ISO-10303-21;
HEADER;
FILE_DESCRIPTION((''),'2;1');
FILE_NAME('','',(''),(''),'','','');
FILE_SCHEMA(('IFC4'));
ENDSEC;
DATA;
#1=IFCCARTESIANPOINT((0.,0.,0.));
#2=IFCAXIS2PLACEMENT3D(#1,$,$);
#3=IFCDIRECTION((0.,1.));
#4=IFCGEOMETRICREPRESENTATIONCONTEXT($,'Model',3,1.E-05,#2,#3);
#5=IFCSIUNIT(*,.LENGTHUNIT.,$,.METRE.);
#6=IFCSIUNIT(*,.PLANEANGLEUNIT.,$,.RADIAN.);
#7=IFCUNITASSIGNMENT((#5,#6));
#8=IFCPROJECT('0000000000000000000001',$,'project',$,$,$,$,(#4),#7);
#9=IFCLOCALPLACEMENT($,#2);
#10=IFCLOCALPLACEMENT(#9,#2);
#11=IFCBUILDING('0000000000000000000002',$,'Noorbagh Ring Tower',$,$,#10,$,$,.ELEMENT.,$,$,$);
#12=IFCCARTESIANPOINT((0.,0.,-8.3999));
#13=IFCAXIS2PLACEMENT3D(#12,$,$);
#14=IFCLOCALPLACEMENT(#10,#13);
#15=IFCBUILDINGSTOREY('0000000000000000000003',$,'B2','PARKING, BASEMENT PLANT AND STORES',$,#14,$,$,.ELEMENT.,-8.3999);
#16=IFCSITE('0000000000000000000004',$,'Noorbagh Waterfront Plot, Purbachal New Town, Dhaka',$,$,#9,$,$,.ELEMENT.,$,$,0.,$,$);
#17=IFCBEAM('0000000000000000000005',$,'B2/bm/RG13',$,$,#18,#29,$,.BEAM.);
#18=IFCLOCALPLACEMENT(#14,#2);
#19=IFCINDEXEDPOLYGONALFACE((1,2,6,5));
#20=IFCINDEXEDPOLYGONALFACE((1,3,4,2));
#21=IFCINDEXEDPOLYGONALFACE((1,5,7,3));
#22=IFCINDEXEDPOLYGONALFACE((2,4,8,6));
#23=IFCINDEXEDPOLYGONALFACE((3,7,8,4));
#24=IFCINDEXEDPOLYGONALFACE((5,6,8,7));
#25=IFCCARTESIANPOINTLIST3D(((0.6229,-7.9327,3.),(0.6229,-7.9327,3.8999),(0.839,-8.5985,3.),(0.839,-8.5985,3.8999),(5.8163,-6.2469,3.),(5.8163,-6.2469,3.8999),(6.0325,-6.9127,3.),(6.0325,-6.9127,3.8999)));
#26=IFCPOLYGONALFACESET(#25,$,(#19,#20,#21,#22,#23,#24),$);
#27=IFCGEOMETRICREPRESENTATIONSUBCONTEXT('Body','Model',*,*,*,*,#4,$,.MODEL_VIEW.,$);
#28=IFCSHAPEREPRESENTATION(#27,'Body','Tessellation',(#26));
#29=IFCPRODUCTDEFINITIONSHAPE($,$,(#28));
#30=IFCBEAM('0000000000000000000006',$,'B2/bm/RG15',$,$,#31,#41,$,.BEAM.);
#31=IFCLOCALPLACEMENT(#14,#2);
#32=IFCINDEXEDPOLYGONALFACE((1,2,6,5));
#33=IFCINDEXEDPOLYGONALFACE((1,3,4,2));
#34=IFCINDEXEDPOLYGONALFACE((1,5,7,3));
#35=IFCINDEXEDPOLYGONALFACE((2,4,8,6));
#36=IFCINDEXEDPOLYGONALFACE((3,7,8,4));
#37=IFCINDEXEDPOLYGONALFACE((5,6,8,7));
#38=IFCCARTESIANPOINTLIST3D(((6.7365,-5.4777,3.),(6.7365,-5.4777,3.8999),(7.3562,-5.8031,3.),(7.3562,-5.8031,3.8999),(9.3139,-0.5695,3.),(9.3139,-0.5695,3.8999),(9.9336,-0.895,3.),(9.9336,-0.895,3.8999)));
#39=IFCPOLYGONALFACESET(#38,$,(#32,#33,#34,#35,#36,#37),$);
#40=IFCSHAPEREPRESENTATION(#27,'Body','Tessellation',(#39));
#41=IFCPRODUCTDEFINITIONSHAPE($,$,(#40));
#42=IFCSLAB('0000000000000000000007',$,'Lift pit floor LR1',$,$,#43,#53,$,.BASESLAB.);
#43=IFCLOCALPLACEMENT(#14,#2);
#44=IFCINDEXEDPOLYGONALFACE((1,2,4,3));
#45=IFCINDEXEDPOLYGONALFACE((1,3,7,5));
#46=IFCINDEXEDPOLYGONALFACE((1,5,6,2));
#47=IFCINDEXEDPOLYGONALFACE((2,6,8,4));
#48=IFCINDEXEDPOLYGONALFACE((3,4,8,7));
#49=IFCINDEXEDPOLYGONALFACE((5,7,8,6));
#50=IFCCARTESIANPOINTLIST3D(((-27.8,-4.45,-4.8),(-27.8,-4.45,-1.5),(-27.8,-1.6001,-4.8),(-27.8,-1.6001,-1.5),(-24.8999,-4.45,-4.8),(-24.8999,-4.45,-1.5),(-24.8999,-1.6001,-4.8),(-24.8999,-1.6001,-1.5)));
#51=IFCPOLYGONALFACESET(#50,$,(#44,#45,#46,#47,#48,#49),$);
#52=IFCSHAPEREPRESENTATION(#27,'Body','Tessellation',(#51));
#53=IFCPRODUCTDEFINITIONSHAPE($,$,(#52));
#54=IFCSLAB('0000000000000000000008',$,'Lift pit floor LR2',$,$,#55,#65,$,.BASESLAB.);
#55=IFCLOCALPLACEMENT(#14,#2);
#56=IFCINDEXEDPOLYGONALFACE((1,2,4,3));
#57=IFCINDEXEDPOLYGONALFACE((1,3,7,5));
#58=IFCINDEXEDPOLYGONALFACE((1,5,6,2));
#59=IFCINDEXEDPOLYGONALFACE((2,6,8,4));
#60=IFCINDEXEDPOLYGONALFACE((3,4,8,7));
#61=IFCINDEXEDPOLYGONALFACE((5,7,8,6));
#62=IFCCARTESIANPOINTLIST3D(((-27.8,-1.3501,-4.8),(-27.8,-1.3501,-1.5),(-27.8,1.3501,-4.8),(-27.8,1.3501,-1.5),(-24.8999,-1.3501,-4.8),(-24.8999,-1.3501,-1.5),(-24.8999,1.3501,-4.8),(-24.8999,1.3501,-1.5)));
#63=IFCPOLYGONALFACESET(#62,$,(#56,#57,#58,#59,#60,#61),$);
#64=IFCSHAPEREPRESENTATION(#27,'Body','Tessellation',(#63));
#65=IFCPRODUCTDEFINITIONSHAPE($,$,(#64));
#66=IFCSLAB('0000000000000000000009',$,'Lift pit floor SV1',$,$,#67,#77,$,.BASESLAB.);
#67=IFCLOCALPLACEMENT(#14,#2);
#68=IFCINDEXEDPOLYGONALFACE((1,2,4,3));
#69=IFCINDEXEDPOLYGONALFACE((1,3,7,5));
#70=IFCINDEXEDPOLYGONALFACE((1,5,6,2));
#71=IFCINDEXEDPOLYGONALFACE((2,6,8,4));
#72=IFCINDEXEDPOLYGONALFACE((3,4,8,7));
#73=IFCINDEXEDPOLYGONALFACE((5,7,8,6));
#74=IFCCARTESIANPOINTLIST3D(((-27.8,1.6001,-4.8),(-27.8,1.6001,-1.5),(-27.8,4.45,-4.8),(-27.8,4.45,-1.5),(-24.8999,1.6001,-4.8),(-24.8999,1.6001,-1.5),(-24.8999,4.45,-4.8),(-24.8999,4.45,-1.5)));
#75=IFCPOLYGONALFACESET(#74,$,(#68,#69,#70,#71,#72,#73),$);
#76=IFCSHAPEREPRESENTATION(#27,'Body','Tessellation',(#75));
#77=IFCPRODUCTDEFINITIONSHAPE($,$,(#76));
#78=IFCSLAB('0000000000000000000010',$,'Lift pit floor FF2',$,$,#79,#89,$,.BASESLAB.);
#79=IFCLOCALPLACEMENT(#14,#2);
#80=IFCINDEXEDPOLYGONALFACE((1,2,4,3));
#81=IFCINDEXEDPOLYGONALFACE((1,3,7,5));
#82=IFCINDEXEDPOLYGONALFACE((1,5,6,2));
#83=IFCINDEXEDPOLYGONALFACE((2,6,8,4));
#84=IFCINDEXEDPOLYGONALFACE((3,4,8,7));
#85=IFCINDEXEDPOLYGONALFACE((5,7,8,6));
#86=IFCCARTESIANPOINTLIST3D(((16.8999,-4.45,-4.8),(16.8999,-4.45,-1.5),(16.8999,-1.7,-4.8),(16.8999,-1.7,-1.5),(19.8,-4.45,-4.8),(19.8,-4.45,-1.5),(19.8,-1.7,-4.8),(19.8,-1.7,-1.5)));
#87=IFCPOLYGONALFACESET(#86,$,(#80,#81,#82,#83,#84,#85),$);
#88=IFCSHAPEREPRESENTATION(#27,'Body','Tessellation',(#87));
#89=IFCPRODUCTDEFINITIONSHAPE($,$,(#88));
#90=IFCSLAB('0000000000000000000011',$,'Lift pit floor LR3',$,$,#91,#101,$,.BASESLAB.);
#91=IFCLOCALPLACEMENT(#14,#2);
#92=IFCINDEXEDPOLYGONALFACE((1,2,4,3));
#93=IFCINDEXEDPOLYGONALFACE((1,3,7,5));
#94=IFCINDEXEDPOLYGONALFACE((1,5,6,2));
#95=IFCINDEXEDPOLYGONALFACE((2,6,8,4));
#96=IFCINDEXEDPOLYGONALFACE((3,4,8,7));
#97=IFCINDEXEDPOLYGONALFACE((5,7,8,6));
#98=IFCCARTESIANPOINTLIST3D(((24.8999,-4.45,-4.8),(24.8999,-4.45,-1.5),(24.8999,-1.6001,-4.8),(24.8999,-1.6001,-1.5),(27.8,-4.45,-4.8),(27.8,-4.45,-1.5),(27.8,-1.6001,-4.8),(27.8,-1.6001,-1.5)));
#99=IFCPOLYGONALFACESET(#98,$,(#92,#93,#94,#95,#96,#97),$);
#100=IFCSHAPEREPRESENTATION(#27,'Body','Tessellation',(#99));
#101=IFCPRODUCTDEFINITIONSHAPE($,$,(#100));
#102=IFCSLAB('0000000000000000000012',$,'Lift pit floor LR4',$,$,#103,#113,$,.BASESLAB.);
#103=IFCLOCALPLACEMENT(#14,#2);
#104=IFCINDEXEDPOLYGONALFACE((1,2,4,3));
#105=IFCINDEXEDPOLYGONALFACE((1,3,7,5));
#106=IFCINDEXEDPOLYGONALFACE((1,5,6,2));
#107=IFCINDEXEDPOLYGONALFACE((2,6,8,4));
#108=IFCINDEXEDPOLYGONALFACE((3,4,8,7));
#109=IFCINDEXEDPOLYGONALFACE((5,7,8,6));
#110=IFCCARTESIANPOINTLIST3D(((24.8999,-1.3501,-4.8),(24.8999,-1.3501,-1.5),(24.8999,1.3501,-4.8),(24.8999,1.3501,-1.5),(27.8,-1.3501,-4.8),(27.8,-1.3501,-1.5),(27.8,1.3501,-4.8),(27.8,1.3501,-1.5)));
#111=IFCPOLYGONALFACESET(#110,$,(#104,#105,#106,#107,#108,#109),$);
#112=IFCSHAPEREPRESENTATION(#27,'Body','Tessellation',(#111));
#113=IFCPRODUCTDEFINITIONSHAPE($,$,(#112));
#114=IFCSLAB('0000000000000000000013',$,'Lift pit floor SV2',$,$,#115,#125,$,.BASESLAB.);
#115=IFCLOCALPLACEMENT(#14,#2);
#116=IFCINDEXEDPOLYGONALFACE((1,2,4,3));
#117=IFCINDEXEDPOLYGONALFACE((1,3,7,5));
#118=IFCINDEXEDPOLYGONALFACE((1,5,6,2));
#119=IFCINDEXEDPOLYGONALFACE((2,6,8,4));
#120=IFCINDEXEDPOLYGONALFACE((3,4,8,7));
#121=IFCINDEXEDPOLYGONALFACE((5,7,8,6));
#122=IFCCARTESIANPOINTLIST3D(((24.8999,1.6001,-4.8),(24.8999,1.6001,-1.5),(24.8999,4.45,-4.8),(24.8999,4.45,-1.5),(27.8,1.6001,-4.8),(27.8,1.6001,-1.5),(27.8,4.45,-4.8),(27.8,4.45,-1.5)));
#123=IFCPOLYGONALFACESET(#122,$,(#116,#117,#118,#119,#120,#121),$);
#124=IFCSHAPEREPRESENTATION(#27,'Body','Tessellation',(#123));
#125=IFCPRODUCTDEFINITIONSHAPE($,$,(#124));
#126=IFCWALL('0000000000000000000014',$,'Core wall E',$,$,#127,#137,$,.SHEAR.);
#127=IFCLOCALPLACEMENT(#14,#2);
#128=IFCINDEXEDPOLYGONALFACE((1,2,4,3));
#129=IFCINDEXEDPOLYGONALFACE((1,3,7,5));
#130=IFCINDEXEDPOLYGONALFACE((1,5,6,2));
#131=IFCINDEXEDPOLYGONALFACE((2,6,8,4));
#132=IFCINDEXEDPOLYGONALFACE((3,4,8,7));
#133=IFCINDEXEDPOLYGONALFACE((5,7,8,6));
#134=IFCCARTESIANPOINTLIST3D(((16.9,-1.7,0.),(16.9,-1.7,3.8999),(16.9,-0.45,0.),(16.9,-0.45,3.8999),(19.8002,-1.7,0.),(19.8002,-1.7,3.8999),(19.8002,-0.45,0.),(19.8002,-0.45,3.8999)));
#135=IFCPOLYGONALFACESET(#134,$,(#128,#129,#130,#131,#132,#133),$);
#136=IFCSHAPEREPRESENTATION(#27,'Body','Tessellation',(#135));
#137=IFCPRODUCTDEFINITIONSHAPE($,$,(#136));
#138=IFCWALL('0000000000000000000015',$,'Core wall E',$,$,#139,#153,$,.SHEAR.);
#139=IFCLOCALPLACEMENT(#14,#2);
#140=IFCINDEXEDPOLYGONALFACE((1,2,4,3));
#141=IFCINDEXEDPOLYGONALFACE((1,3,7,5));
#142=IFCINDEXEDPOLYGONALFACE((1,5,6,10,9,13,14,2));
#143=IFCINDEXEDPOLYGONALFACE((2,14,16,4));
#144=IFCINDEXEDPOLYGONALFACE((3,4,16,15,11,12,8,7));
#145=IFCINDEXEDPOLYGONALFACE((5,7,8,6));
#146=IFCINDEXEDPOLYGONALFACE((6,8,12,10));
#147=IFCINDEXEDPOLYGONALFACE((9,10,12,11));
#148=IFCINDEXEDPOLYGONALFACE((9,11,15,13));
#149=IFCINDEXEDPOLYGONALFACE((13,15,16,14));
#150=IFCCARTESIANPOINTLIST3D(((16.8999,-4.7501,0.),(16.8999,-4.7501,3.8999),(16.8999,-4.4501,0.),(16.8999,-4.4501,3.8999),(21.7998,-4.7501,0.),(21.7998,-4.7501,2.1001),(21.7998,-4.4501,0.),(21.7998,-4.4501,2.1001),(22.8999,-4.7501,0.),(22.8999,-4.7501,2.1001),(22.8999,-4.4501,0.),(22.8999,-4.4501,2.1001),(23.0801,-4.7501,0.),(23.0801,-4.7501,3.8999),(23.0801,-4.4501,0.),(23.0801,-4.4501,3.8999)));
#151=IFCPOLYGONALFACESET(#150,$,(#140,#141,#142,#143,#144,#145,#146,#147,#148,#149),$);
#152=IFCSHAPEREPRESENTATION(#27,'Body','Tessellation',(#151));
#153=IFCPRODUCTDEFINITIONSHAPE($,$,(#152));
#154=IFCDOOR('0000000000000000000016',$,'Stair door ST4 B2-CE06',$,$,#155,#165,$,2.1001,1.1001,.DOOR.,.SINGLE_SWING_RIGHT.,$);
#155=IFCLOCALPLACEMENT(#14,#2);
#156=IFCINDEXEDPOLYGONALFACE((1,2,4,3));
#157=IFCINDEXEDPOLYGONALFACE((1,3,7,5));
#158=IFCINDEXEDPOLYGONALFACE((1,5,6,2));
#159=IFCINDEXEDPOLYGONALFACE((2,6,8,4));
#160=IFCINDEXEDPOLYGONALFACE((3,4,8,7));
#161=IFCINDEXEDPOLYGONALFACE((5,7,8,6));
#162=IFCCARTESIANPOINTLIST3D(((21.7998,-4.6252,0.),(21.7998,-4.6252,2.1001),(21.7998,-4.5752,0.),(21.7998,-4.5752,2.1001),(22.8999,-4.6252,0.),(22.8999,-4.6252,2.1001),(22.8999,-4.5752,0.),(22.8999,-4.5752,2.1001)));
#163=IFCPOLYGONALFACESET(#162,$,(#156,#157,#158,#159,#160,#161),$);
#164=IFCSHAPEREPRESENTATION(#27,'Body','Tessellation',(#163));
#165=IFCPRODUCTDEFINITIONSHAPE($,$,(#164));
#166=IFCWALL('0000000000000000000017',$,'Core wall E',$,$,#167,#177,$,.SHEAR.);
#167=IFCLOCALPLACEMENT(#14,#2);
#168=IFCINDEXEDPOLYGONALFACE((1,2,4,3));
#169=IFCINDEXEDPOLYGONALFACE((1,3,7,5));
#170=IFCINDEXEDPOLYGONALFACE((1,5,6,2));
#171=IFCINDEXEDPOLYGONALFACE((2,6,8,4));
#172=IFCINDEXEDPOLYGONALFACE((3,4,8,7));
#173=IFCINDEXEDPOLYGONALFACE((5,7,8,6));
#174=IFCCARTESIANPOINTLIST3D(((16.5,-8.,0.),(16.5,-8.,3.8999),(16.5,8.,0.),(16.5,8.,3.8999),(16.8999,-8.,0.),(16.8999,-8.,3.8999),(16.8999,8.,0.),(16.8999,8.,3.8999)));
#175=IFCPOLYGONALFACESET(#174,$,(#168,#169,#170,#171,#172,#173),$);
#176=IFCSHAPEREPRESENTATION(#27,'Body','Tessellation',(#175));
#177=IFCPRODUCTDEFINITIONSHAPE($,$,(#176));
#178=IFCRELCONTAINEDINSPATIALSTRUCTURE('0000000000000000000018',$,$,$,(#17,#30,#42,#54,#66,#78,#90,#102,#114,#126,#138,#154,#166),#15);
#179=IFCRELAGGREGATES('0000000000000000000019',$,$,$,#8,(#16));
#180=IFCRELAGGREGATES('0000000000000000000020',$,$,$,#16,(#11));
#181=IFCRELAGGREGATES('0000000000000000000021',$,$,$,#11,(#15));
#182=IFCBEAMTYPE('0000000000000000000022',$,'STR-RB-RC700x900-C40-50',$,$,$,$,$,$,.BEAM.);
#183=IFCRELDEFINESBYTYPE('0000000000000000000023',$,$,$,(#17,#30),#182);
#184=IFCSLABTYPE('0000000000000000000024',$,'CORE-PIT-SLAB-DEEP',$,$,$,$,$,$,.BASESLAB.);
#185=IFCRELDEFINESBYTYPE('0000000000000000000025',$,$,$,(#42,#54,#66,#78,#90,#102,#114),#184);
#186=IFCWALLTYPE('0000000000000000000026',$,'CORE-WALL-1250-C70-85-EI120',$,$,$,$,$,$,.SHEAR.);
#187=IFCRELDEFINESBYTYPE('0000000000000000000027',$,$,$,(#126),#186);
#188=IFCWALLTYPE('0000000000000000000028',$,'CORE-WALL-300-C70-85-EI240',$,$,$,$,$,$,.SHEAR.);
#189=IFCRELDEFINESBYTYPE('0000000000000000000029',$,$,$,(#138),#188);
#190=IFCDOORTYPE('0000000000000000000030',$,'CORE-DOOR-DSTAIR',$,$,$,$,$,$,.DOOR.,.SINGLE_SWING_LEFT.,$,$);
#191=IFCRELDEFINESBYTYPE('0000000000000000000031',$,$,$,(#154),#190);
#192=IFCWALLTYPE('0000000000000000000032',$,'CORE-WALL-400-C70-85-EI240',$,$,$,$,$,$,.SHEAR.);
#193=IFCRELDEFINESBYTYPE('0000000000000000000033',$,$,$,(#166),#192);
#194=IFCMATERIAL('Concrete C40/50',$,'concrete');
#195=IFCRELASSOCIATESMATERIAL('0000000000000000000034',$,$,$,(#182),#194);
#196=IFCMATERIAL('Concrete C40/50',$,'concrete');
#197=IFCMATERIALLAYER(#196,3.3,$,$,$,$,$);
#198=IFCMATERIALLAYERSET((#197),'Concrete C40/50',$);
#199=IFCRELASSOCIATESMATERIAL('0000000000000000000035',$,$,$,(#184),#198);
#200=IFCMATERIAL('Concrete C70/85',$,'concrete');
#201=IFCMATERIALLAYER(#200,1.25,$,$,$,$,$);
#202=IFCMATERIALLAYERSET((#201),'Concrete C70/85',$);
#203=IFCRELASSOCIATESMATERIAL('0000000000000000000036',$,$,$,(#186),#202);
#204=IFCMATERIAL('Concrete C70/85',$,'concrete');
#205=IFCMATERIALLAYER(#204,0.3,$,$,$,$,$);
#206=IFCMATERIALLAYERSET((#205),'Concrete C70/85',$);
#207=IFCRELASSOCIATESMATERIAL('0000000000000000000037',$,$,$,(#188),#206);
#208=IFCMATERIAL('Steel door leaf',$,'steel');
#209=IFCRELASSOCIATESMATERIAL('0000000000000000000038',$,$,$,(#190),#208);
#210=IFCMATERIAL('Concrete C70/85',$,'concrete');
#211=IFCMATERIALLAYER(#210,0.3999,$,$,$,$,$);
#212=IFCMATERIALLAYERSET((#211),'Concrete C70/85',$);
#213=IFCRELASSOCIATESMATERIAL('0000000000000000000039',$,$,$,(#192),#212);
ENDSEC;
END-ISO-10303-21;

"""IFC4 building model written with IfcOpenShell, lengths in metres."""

from ifc_helpers import new_model, si_unit, direction, frame, frame_2d, origin, origin_2d, place, context, subcontext, project, spatial, polyline, rectangle, outline, extrude, material, layer, layer_set, material_profile, profile_set, type_object, element, fill, save


model = new_model("IFC4")

# Units and contexts
model_context = context("Model", 3, precision=1e-05, world=origin(), true_north=direction((0.0, 1.0)))
body_context = subcontext(model_context, "Body", "Model", "MODEL_VIEW")
ifc_project = project(units=[si_unit("LENGTHUNIT", "METRE"), si_unit("PLANEANGLEUNIT", "RADIAN")], contexts=[model_context])

# Site, building, storey
site_placement = place(None, origin())
site = spatial("IfcSite", under=ifc_project, at=site_placement, Name="Noorbagh Waterfront Plot, Purbachal New Town, Dhaka", CompositionType="ELEMENT", RefElevation=0.0)
building_placement = place(site_placement, origin())
building = spatial("IfcBuilding", under=site, at=building_placement, Name="Noorbagh Ring Tower", CompositionType="ELEMENT")
storey_placement = place(building_placement, frame((0.0, 0.0, -8.3999)))
storey = spatial("IfcBuildingStorey", under=building, at=storey_placement, Name="B2", Description="PARKING, BASEMENT PLANT AND STORES", CompositionType="ELEMENT", Elevation=-8.3999)

# Beams
ifc_material_1 = material(Name="Concrete C40/50", Category="concrete")
ifc_material_profile_1 = material_profile(ifc_material_1, rectangle(XDim=0.7, YDim=0.8999, at=origin_2d()), Name="RC700x900")
ifc_profile_set_1 = profile_set([ifc_material_profile_1], Name="Concrete C40/50")
beam_type = type_object("IfcBeamType", Name="STR-RB-RC700x900-C40-50", PredefinedType="BEAM", material=ifc_profile_set_1)
beam_1_placement = place(storey_placement, frame((0.731, -8.2656, 3.45), z_axis=(0.951144, 0.308746, 0.0), x_axis=(-0.308746, 0.951144, 0.0)))
element("IfcBeam", 1, at=beam_1_placement, inside=storey, type_object=beam_type, Name="B2/bm/RG13", PredefinedType="BEAM", context=body_context, shape_type="SweptSolid", body=[
    extrude(rectangle(XDim=0.7, YDim=0.8999, at=origin_2d()), origin(), (0.0, 0.0, 1.0), 5.4602),
])
beam_2_placement = place(storey_placement, frame((7.0464, -5.6404, 3.45), z_axis=(0.464917, 0.885354, 0.0), x_axis=(-0.885354, 0.464917, 0.0)))
element("IfcBeam", 2, at=beam_2_placement, inside=storey, type_object=beam_type, Name="B2/bm/RG15", PredefinedType="BEAM", context=body_context, shape_type="SweptSolid", body=[
    extrude(rectangle(XDim=0.7, YDim=0.8999, at=origin_2d()), origin(), (0.0, 0.0, 1.0), 5.5437),
])

# Slabs
ifc_material_2 = material(Name="Concrete C40/50", Category="concrete")
ifc_layer_1 = layer(ifc_material_2, 3.3)
ifc_layer_set_1 = layer_set([ifc_layer_1], Name="Concrete C40/50")
slab_type = type_object("IfcSlabType", Name="CORE-PIT-SLAB-DEEP", PredefinedType="BASESLAB", material=ifc_layer_set_1)
slab_1_placement = place(storey_placement, frame((0.0, 0.0, -4.8)))
element("IfcSlab", 3, at=slab_1_placement, inside=storey, type_object=slab_type, Name="Lift pit floor LR1", PredefinedType="BASESLAB", context=body_context, shape_type="SweptSolid", body=[
    extrude(outline(polyline([(-24.8999, -1.6001), (-27.8, -1.6001), (-27.8, -4.45), (-24.8999, -4.45), (-24.8999, -1.6001)])), origin(), (0.0, 0.0, 1.0), 3.3),
])
slab_2_placement = place(storey_placement, frame((0.0, 0.0, -4.8)))
element("IfcSlab", 4, at=slab_2_placement, inside=storey, type_object=slab_type, Name="Lift pit floor LR2", PredefinedType="BASESLAB", context=body_context, shape_type="SweptSolid", body=[
    extrude(outline(polyline([(-24.8999, 1.3501), (-27.8, 1.3501), (-27.8, -1.3501), (-24.8999, -1.3501), (-24.8999, 1.3501)])), origin(), (0.0, 0.0, 1.0), 3.3),
])
slab_3_placement = place(storey_placement, frame((0.0, 0.0, -4.8)))
element("IfcSlab", 5, at=slab_3_placement, inside=storey, type_object=slab_type, Name="Lift pit floor SV1", PredefinedType="BASESLAB", context=body_context, shape_type="SweptSolid", body=[
    extrude(outline(polyline([(-24.8999, 4.45), (-27.8, 4.45), (-27.8, 1.6001), (-24.8999, 1.6001), (-24.8999, 4.45)])), origin(), (0.0, 0.0, 1.0), 3.3),
])
slab_4_placement = place(storey_placement, frame((0.0, 0.0, -4.8)))
element("IfcSlab", 6, at=slab_4_placement, inside=storey, type_object=slab_type, Name="Lift pit floor FF2", PredefinedType="BASESLAB", context=body_context, shape_type="SweptSolid", body=[
    extrude(outline(polyline([(16.8999, -4.45), (19.8, -4.45), (19.8, -1.7), (16.8999, -1.7), (16.8999, -4.45)])), origin(), (0.0, 0.0, 1.0), 3.3),
])
slab_5_placement = place(storey_placement, frame((0.0, 0.0, -4.8)))
element("IfcSlab", 7, at=slab_5_placement, inside=storey, type_object=slab_type, Name="Lift pit floor LR3", PredefinedType="BASESLAB", context=body_context, shape_type="SweptSolid", body=[
    extrude(outline(polyline([(24.8999, -4.45), (27.8, -4.45), (27.8, -1.6001), (24.8999, -1.6001), (24.8999, -4.45)])), origin(), (0.0, 0.0, 1.0), 3.3),
])
slab_6_placement = place(storey_placement, frame((0.0, 0.0, -4.8)))
element("IfcSlab", 8, at=slab_6_placement, inside=storey, type_object=slab_type, Name="Lift pit floor LR4", PredefinedType="BASESLAB", context=body_context, shape_type="SweptSolid", body=[
    extrude(outline(polyline([(24.8999, -1.3501), (27.8, -1.3501), (27.8, 1.3501), (24.8999, 1.3501), (24.8999, -1.3501)])), origin(), (0.0, 0.0, 1.0), 3.3),
])
slab_7_placement = place(storey_placement, frame((0.0, 0.0, -4.8)))
element("IfcSlab", 9, at=slab_7_placement, inside=storey, type_object=slab_type, Name="Lift pit floor SV2", PredefinedType="BASESLAB", context=body_context, shape_type="SweptSolid", body=[
    extrude(outline(polyline([(24.8999, 1.6001), (27.8, 1.6001), (27.8, 4.45), (24.8999, 4.45), (24.8999, 1.6001)])), origin(), (0.0, 0.0, 1.0), 3.3),
])

# Wall
ifc_material_3 = material(Name="Concrete C70/85", Category="concrete")
ifc_layer_2 = layer(ifc_material_3, 1.25)
ifc_layer_set_2 = layer_set([ifc_layer_2], Name="Concrete C70/85")
wall_type_1 = type_object("IfcWallType", Name="CORE-WALL-1250-C70-85-EI120", PredefinedType="SHEAR", material=ifc_layer_set_2)
wall_1_placement = place(storey_placement, frame((16.8999, -1.075, 0.0), z_axis=(0.0, 0.0, 1.0), x_axis=(1.0, 0.0, 0.0)))
element("IfcWall", 10, at=wall_1_placement, inside=storey, type_object=wall_type_1, Name="Core wall E", PredefinedType="SHEAR", context=body_context, shape_type="SweptSolid", body=[
    extrude(rectangle(XDim=2.9001, YDim=1.25, at=frame_2d((1.4502, 0.0))), origin(), (0.0, 0.0, 1.0), 3.8999),
])

# Wall, opening, door
ifc_material_4 = material(Name="Concrete C70/85", Category="concrete")
ifc_layer_3 = layer(ifc_material_4, 0.3)
ifc_layer_set_3 = layer_set([ifc_layer_3], Name="Concrete C70/85")
wall_type_2 = type_object("IfcWallType", Name="CORE-WALL-300-C70-85-EI240", PredefinedType="SHEAR", material=ifc_layer_set_3)
wall_2_placement = place(storey_placement, frame((16.8999, -4.6001, 0.0), z_axis=(0.0, 0.0, 1.0), x_axis=(1.0, 0.0, 0.0)))
wall_2 = element("IfcWall", 11, at=wall_2_placement, inside=storey, type_object=wall_type_2, Name="Core wall E", PredefinedType="SHEAR", context=body_context, shape_type="SweptSolid", body=[
    extrude(rectangle(XDim=6.1802, YDim=0.3, at=frame_2d((3.0901, 0.0))), origin(), (0.0, 0.0, 1.0), 3.8999),
])
opening_1_placement = place(wall_2_placement, frame((4.8999, 0.0, 0.0)))
opening_1 = element("IfcOpeningElement", 12, at=opening_1_placement, cuts=wall_2, PredefinedType="OPENING", context=body_context, shape_type="SweptSolid", body=[
    extrude(rectangle(XDim=1.1001, YDim=2.1001, at=frame_2d((0.55, 1.05))), frame((0.0, 0.1602, 0.0), z_axis=(0.0, -1.0, 0.0), x_axis=(1.0, 0.0, 0.0)), (0.0, 0.0, 1.0), 0.3201),
])
ifc_material_5 = material(Name="Steel door leaf", Category="steel")
door_type_1 = type_object("IfcDoorType", Name="CORE-DOOR-DSTAIR", OperationType="SINGLE_SWING_LEFT", PredefinedType="DOOR", material=ifc_material_5)
door_1_placement = place(opening_1_placement, origin())
door_1 = element("IfcDoor", 13, at=door_1_placement, inside=storey, type_object=door_type_1, Name="Stair door ST4 B2-CE06", OperationType="SINGLE_SWING_RIGHT", OverallHeight=2.1001, OverallWidth=1.1001, PredefinedType="DOOR", context=body_context, shape_type="SweptSolid", body=[
    extrude(rectangle(XDim=1.1001, YDim=2.1001, at=frame_2d((0.55, 1.05))), frame((0.0, 0.0249, 0.0), z_axis=(0.0, -1.0, 0.0), x_axis=(1.0, 0.0, 0.0)), (0.0, 0.0, 1.0), 0.05),
])
fill(opening_1, door_1)

# Wall
ifc_material_6 = material(Name="Concrete C70/85", Category="concrete")
ifc_layer_4 = layer(ifc_material_6, 0.3999)
ifc_layer_set_4 = layer_set([ifc_layer_4], Name="Concrete C70/85")
wall_type_3 = type_object("IfcWallType", Name="CORE-WALL-400-C70-85-EI240", PredefinedType="SHEAR", material=ifc_layer_set_4)
wall_3_placement = place(storey_placement, frame((16.7, -8.0, 0.0), z_axis=(0.0, 0.0, 1.0), x_axis=(0.0, 1.0, 0.0)))
element("IfcWall", 14, at=wall_3_placement, inside=storey, type_object=wall_type_3, Name="Core wall E", PredefinedType="SHEAR", context=body_context, shape_type="SweptSolid", body=[
    extrude(rectangle(XDim=16.0, YDim=0.3999, at=frame_2d((8.0, 0.0))), origin(), (0.0, 0.0, 1.0), 3.8999),
])

save(model, "model.ifc")
